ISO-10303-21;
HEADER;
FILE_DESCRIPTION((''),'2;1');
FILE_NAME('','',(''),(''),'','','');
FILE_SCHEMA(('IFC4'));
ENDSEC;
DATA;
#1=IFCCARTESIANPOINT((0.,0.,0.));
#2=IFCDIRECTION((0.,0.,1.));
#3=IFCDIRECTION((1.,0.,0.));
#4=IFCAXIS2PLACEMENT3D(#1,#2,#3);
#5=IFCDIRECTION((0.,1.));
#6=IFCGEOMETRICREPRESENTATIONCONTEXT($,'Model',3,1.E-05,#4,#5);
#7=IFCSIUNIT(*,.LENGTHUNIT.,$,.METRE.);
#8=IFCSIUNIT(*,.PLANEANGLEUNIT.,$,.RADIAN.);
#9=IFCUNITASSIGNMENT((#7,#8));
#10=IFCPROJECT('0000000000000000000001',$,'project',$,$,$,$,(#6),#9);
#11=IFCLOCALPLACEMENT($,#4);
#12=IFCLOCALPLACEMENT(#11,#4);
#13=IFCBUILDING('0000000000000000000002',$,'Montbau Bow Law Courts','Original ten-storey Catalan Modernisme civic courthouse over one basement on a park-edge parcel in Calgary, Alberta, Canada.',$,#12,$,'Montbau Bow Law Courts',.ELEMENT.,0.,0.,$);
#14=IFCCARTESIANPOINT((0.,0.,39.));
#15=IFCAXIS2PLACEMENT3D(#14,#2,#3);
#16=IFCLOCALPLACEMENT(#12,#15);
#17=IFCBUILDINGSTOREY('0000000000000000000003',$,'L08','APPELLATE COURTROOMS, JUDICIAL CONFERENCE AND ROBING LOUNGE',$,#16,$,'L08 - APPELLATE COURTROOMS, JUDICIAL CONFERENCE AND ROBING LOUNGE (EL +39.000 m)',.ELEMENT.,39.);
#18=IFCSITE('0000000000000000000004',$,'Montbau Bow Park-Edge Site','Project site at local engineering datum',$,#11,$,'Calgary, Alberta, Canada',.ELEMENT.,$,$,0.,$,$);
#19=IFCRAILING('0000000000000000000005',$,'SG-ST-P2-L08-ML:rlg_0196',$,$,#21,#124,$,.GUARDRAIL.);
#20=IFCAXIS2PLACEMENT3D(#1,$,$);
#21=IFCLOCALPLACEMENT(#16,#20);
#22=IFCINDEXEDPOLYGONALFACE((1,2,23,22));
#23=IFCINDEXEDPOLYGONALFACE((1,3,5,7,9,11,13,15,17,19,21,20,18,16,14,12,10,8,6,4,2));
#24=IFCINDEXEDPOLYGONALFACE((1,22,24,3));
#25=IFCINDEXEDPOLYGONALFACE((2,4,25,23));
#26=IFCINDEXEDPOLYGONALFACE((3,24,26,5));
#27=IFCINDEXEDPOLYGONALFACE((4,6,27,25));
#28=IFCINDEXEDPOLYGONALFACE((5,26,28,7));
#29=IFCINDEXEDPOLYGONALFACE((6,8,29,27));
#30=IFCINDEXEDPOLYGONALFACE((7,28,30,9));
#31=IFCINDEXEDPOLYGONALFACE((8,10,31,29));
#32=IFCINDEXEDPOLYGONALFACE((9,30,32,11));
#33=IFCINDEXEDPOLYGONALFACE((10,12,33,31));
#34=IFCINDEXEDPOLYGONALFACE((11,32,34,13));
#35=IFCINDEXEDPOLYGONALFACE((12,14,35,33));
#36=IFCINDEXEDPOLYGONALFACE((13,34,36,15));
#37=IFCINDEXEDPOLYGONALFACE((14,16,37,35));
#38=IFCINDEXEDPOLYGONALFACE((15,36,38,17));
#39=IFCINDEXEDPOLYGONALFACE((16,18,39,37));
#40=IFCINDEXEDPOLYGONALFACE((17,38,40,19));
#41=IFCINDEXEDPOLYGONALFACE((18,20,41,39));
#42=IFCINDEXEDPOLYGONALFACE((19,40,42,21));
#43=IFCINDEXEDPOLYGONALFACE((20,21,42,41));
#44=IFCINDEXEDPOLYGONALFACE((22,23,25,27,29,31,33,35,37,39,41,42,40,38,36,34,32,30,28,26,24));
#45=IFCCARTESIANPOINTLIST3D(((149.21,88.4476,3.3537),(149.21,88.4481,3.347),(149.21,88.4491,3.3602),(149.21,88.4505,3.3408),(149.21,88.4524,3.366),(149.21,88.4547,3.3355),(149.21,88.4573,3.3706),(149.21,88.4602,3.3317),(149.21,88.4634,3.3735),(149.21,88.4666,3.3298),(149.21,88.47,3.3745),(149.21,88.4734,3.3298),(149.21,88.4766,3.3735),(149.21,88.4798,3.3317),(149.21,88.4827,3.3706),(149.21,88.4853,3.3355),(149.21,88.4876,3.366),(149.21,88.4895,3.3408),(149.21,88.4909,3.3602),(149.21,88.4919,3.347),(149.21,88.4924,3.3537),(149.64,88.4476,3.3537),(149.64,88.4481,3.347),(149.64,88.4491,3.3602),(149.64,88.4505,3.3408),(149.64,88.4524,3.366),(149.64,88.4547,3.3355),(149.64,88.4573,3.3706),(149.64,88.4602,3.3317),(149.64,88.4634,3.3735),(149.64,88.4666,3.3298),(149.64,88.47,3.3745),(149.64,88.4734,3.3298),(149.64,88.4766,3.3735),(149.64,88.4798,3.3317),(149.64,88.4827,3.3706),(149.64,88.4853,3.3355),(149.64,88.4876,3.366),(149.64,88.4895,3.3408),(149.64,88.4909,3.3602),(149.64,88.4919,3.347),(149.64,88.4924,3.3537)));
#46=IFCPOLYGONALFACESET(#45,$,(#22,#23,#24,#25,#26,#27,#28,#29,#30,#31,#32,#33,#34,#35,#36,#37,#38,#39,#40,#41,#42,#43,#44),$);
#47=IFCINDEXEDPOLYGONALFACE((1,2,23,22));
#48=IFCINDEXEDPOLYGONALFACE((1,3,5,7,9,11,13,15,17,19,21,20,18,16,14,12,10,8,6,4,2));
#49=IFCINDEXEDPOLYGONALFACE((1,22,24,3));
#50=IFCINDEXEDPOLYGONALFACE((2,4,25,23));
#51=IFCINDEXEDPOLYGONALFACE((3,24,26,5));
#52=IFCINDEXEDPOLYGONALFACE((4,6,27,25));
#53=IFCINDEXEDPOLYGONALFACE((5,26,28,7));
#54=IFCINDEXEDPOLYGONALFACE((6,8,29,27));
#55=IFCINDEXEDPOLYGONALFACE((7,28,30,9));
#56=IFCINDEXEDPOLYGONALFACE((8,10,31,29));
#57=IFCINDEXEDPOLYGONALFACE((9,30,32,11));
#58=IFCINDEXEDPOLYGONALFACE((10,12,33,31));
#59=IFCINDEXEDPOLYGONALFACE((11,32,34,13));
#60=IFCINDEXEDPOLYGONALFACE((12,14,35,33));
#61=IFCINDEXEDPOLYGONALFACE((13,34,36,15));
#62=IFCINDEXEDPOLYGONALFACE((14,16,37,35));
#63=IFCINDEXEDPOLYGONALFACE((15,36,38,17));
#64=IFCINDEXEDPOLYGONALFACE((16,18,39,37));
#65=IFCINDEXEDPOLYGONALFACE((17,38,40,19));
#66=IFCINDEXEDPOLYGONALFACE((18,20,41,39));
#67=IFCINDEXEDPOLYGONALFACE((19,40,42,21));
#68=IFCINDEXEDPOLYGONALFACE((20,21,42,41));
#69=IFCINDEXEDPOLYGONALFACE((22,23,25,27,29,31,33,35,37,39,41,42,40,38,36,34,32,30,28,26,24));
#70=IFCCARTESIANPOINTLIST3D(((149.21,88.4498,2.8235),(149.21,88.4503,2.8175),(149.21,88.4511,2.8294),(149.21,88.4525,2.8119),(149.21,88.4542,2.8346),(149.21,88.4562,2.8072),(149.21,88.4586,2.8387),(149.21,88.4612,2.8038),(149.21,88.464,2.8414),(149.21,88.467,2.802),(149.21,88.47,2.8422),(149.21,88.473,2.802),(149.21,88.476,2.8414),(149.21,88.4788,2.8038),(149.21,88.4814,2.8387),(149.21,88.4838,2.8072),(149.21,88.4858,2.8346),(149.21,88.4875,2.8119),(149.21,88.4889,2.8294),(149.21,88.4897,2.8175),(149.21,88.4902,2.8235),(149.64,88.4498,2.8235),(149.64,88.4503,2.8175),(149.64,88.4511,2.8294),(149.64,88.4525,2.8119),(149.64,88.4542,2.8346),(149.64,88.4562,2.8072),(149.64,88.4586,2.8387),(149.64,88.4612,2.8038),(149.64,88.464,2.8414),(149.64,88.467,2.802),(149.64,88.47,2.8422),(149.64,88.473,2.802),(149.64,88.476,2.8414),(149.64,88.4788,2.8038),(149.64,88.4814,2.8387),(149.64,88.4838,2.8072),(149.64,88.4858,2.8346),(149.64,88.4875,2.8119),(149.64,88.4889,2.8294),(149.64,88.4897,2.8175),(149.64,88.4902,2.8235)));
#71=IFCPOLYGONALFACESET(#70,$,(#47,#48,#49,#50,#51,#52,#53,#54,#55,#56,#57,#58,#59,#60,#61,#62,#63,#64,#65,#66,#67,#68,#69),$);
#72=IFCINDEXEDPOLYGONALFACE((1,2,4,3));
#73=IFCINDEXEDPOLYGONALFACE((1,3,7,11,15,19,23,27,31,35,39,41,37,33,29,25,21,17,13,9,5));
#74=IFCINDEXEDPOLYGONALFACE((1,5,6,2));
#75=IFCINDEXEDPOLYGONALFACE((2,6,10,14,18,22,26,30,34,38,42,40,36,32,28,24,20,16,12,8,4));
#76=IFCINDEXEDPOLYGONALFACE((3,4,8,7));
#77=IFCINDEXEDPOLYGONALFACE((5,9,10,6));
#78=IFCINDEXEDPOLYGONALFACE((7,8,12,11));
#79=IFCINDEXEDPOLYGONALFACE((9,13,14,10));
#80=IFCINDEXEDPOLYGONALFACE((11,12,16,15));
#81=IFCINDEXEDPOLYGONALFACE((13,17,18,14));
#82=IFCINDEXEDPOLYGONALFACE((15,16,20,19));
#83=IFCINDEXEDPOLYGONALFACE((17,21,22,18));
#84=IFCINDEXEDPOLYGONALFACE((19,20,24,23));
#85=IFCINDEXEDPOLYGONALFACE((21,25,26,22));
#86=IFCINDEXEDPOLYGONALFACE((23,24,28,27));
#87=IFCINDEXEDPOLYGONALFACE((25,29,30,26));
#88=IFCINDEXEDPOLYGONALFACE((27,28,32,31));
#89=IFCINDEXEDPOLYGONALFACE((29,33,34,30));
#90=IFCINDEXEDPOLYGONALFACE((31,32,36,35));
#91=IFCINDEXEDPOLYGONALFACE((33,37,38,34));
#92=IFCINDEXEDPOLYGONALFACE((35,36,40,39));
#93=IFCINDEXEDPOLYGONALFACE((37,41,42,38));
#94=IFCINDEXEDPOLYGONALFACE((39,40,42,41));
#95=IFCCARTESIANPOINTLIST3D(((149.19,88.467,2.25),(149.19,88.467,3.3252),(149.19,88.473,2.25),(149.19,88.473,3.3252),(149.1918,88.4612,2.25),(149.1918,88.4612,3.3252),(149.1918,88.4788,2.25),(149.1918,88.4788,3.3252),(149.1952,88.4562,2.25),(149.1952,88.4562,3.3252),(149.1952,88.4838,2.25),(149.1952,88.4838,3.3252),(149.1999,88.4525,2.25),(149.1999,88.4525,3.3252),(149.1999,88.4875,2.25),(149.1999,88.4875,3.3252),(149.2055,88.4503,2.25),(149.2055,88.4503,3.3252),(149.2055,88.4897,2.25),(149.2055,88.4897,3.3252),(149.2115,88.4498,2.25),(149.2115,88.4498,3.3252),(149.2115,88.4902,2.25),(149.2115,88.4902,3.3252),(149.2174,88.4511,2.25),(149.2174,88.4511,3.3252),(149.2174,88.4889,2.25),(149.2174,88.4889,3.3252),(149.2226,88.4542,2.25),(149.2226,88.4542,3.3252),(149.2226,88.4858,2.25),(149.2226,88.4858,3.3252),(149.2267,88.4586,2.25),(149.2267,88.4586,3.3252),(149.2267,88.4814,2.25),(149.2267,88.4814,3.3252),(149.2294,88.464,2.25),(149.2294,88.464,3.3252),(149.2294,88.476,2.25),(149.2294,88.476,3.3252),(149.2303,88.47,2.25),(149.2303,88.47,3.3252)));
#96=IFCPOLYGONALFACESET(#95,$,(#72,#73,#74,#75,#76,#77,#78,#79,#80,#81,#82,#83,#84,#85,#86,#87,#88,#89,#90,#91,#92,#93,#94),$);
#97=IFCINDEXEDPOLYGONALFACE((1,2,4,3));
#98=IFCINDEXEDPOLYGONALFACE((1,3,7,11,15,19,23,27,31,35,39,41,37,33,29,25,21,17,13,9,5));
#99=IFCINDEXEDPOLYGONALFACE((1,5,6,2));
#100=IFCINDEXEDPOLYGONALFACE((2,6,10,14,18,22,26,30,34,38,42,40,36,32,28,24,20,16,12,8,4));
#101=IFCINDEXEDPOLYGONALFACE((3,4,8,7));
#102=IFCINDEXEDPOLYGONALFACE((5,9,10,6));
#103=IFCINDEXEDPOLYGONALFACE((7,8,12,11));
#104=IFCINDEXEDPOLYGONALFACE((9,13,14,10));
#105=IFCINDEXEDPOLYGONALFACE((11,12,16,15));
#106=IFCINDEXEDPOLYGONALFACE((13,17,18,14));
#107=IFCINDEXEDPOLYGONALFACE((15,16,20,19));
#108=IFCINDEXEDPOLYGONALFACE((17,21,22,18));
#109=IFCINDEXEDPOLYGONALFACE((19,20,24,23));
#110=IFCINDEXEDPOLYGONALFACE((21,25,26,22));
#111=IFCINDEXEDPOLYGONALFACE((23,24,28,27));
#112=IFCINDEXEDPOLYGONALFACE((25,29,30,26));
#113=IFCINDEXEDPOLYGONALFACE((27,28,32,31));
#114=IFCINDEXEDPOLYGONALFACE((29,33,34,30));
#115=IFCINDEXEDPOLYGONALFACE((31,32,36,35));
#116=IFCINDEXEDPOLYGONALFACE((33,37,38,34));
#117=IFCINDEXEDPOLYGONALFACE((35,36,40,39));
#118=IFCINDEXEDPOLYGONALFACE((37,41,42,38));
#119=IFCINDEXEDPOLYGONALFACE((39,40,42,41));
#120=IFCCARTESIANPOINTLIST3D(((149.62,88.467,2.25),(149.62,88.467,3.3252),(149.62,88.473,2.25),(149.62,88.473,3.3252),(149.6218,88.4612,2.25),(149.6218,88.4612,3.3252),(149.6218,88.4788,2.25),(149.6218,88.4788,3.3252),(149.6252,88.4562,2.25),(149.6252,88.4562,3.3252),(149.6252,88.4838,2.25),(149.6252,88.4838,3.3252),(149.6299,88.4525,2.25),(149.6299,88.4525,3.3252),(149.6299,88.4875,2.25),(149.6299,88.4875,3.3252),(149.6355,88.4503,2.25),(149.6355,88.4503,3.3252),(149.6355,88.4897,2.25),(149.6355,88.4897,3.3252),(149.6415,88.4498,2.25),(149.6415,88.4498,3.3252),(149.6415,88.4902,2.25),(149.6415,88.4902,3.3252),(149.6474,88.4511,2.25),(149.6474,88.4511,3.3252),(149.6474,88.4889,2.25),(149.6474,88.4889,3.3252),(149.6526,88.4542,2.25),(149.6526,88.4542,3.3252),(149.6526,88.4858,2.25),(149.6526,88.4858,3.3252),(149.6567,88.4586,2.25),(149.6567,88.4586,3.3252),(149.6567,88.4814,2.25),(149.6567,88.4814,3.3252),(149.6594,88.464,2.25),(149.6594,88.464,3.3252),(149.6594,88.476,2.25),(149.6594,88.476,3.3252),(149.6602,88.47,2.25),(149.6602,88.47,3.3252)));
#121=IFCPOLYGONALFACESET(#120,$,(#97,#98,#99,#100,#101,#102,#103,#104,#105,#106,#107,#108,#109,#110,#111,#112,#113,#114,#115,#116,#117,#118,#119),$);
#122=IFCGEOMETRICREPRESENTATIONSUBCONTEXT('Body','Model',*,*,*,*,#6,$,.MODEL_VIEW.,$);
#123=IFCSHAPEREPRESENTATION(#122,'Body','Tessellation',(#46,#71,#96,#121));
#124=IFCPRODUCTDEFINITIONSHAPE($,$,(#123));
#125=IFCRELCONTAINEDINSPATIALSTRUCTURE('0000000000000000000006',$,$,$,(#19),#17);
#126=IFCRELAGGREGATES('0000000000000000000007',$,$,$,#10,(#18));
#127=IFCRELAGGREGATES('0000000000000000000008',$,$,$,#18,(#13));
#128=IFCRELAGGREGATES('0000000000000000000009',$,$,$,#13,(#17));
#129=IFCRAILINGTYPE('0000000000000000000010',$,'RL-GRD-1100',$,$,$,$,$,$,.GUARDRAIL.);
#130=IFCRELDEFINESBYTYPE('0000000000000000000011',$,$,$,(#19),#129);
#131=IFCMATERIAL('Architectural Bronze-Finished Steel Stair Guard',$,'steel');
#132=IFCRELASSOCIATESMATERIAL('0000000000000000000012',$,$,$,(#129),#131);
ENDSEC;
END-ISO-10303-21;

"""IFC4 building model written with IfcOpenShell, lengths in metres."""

from ifc_helpers import new_model, si_unit, direction, frame, origin_with_axes, origin_2d_with_axis, place, context, subcontext, project, spatial, circle, extrude, material, type_object, element, save


model = new_model("IFC4")

# Units and contexts
model_context = context("Model", 3, precision=1e-05, world=origin_with_axes(), true_north=direction((0.0, 1.0)))
body_context = subcontext(model_context, "Body", "Model", "MODEL_VIEW")
ifc_project = project(units=[si_unit("LENGTHUNIT", "METRE"), si_unit("PLANEANGLEUNIT", "RADIAN")], contexts=[model_context])

# Site, building, storey
site_placement = place(None, origin_with_axes())
site = spatial("IfcSite", under=ifc_project, at=site_placement, Name="Montbau Bow Park-Edge Site", Description="Project site at local engineering datum", LongName="Calgary, Alberta, Canada", CompositionType="ELEMENT", RefElevation=0.0)
building_placement = place(site_placement, origin_with_axes())
building = spatial("IfcBuilding", under=site, at=building_placement, Name="Montbau Bow Law Courts", Description="Original ten-storey Catalan Modernisme civic courthouse over one basement on a park-edge parcel in Calgary, Alberta, Canada.", LongName="Montbau Bow Law Courts", CompositionType="ELEMENT", ElevationOfRefHeight=0.0, ElevationOfTerrain=0.0)
storey_placement = place(building_placement, frame((0.0, 0.0, 39.0), z_axis=(0.0, 0.0, 1.0), x_axis=(1.0, 0.0, 0.0)))
storey = spatial("IfcBuildingStorey", under=building, at=storey_placement, Name="L08", Description="APPELLATE COURTROOMS, JUDICIAL CONFERENCE AND ROBING LOUNGE", LongName="L08 - APPELLATE COURTROOMS, JUDICIAL CONFERENCE AND ROBING LOUNGE (EL +39.000 m)", CompositionType="ELEMENT", Elevation=39.0)

# Railing
ifc_material_1 = material(Name="Architectural Bronze-Finished Steel Stair Guard", Category="steel")
railing_type_1 = type_object("IfcRailingType", Name="RL-GRD-1100", PredefinedType="GUARDRAIL", material=ifc_material_1)
railing_1_placement = place(None, origin_with_axes())
element("IfcRailing", 1, at=railing_1_placement, inside=storey, type_object=railing_type_1, Name="SG-ST-P2-L08-ML:rlg_0196", PredefinedType="GUARDRAIL", context=body_context, shape_type="SweptSolid", body=[
    extrude(circle(Radius=0.0225, at=origin_2d_with_axis()), frame((149.21, 88.47, 42.352), z_axis=(1.0, 0.0, 0.0), x_axis=(0.0, 0.0, 1.0)), (0.0, 0.0, 1.0), 0.43),
    extrude(circle(Radius=0.0203, at=origin_2d_with_axis()), frame((149.21, 88.47, 41.822), z_axis=(1.0, 0.0, 0.0), x_axis=(0.0, 0.0, 1.0)), (0.0, 0.0, 1.0), 0.43),
    extrude(circle(Radius=0.0203, at=origin_2d_with_axis()), frame((149.21, 88.47, 41.25), z_axis=(0.0, 0.0, 1.0), x_axis=(1.0, 0.0, 0.0)), (0.0, 0.0, 1.0), 1.0753),
    extrude(circle(Radius=0.0203, at=origin_2d_with_axis()), frame((149.64, 88.47, 41.25), z_axis=(0.0, 0.0, 1.0), x_axis=(1.0, 0.0, 0.0)), (0.0, 0.0, 1.0), 1.0753),
])

save(model, "model.ifc")
